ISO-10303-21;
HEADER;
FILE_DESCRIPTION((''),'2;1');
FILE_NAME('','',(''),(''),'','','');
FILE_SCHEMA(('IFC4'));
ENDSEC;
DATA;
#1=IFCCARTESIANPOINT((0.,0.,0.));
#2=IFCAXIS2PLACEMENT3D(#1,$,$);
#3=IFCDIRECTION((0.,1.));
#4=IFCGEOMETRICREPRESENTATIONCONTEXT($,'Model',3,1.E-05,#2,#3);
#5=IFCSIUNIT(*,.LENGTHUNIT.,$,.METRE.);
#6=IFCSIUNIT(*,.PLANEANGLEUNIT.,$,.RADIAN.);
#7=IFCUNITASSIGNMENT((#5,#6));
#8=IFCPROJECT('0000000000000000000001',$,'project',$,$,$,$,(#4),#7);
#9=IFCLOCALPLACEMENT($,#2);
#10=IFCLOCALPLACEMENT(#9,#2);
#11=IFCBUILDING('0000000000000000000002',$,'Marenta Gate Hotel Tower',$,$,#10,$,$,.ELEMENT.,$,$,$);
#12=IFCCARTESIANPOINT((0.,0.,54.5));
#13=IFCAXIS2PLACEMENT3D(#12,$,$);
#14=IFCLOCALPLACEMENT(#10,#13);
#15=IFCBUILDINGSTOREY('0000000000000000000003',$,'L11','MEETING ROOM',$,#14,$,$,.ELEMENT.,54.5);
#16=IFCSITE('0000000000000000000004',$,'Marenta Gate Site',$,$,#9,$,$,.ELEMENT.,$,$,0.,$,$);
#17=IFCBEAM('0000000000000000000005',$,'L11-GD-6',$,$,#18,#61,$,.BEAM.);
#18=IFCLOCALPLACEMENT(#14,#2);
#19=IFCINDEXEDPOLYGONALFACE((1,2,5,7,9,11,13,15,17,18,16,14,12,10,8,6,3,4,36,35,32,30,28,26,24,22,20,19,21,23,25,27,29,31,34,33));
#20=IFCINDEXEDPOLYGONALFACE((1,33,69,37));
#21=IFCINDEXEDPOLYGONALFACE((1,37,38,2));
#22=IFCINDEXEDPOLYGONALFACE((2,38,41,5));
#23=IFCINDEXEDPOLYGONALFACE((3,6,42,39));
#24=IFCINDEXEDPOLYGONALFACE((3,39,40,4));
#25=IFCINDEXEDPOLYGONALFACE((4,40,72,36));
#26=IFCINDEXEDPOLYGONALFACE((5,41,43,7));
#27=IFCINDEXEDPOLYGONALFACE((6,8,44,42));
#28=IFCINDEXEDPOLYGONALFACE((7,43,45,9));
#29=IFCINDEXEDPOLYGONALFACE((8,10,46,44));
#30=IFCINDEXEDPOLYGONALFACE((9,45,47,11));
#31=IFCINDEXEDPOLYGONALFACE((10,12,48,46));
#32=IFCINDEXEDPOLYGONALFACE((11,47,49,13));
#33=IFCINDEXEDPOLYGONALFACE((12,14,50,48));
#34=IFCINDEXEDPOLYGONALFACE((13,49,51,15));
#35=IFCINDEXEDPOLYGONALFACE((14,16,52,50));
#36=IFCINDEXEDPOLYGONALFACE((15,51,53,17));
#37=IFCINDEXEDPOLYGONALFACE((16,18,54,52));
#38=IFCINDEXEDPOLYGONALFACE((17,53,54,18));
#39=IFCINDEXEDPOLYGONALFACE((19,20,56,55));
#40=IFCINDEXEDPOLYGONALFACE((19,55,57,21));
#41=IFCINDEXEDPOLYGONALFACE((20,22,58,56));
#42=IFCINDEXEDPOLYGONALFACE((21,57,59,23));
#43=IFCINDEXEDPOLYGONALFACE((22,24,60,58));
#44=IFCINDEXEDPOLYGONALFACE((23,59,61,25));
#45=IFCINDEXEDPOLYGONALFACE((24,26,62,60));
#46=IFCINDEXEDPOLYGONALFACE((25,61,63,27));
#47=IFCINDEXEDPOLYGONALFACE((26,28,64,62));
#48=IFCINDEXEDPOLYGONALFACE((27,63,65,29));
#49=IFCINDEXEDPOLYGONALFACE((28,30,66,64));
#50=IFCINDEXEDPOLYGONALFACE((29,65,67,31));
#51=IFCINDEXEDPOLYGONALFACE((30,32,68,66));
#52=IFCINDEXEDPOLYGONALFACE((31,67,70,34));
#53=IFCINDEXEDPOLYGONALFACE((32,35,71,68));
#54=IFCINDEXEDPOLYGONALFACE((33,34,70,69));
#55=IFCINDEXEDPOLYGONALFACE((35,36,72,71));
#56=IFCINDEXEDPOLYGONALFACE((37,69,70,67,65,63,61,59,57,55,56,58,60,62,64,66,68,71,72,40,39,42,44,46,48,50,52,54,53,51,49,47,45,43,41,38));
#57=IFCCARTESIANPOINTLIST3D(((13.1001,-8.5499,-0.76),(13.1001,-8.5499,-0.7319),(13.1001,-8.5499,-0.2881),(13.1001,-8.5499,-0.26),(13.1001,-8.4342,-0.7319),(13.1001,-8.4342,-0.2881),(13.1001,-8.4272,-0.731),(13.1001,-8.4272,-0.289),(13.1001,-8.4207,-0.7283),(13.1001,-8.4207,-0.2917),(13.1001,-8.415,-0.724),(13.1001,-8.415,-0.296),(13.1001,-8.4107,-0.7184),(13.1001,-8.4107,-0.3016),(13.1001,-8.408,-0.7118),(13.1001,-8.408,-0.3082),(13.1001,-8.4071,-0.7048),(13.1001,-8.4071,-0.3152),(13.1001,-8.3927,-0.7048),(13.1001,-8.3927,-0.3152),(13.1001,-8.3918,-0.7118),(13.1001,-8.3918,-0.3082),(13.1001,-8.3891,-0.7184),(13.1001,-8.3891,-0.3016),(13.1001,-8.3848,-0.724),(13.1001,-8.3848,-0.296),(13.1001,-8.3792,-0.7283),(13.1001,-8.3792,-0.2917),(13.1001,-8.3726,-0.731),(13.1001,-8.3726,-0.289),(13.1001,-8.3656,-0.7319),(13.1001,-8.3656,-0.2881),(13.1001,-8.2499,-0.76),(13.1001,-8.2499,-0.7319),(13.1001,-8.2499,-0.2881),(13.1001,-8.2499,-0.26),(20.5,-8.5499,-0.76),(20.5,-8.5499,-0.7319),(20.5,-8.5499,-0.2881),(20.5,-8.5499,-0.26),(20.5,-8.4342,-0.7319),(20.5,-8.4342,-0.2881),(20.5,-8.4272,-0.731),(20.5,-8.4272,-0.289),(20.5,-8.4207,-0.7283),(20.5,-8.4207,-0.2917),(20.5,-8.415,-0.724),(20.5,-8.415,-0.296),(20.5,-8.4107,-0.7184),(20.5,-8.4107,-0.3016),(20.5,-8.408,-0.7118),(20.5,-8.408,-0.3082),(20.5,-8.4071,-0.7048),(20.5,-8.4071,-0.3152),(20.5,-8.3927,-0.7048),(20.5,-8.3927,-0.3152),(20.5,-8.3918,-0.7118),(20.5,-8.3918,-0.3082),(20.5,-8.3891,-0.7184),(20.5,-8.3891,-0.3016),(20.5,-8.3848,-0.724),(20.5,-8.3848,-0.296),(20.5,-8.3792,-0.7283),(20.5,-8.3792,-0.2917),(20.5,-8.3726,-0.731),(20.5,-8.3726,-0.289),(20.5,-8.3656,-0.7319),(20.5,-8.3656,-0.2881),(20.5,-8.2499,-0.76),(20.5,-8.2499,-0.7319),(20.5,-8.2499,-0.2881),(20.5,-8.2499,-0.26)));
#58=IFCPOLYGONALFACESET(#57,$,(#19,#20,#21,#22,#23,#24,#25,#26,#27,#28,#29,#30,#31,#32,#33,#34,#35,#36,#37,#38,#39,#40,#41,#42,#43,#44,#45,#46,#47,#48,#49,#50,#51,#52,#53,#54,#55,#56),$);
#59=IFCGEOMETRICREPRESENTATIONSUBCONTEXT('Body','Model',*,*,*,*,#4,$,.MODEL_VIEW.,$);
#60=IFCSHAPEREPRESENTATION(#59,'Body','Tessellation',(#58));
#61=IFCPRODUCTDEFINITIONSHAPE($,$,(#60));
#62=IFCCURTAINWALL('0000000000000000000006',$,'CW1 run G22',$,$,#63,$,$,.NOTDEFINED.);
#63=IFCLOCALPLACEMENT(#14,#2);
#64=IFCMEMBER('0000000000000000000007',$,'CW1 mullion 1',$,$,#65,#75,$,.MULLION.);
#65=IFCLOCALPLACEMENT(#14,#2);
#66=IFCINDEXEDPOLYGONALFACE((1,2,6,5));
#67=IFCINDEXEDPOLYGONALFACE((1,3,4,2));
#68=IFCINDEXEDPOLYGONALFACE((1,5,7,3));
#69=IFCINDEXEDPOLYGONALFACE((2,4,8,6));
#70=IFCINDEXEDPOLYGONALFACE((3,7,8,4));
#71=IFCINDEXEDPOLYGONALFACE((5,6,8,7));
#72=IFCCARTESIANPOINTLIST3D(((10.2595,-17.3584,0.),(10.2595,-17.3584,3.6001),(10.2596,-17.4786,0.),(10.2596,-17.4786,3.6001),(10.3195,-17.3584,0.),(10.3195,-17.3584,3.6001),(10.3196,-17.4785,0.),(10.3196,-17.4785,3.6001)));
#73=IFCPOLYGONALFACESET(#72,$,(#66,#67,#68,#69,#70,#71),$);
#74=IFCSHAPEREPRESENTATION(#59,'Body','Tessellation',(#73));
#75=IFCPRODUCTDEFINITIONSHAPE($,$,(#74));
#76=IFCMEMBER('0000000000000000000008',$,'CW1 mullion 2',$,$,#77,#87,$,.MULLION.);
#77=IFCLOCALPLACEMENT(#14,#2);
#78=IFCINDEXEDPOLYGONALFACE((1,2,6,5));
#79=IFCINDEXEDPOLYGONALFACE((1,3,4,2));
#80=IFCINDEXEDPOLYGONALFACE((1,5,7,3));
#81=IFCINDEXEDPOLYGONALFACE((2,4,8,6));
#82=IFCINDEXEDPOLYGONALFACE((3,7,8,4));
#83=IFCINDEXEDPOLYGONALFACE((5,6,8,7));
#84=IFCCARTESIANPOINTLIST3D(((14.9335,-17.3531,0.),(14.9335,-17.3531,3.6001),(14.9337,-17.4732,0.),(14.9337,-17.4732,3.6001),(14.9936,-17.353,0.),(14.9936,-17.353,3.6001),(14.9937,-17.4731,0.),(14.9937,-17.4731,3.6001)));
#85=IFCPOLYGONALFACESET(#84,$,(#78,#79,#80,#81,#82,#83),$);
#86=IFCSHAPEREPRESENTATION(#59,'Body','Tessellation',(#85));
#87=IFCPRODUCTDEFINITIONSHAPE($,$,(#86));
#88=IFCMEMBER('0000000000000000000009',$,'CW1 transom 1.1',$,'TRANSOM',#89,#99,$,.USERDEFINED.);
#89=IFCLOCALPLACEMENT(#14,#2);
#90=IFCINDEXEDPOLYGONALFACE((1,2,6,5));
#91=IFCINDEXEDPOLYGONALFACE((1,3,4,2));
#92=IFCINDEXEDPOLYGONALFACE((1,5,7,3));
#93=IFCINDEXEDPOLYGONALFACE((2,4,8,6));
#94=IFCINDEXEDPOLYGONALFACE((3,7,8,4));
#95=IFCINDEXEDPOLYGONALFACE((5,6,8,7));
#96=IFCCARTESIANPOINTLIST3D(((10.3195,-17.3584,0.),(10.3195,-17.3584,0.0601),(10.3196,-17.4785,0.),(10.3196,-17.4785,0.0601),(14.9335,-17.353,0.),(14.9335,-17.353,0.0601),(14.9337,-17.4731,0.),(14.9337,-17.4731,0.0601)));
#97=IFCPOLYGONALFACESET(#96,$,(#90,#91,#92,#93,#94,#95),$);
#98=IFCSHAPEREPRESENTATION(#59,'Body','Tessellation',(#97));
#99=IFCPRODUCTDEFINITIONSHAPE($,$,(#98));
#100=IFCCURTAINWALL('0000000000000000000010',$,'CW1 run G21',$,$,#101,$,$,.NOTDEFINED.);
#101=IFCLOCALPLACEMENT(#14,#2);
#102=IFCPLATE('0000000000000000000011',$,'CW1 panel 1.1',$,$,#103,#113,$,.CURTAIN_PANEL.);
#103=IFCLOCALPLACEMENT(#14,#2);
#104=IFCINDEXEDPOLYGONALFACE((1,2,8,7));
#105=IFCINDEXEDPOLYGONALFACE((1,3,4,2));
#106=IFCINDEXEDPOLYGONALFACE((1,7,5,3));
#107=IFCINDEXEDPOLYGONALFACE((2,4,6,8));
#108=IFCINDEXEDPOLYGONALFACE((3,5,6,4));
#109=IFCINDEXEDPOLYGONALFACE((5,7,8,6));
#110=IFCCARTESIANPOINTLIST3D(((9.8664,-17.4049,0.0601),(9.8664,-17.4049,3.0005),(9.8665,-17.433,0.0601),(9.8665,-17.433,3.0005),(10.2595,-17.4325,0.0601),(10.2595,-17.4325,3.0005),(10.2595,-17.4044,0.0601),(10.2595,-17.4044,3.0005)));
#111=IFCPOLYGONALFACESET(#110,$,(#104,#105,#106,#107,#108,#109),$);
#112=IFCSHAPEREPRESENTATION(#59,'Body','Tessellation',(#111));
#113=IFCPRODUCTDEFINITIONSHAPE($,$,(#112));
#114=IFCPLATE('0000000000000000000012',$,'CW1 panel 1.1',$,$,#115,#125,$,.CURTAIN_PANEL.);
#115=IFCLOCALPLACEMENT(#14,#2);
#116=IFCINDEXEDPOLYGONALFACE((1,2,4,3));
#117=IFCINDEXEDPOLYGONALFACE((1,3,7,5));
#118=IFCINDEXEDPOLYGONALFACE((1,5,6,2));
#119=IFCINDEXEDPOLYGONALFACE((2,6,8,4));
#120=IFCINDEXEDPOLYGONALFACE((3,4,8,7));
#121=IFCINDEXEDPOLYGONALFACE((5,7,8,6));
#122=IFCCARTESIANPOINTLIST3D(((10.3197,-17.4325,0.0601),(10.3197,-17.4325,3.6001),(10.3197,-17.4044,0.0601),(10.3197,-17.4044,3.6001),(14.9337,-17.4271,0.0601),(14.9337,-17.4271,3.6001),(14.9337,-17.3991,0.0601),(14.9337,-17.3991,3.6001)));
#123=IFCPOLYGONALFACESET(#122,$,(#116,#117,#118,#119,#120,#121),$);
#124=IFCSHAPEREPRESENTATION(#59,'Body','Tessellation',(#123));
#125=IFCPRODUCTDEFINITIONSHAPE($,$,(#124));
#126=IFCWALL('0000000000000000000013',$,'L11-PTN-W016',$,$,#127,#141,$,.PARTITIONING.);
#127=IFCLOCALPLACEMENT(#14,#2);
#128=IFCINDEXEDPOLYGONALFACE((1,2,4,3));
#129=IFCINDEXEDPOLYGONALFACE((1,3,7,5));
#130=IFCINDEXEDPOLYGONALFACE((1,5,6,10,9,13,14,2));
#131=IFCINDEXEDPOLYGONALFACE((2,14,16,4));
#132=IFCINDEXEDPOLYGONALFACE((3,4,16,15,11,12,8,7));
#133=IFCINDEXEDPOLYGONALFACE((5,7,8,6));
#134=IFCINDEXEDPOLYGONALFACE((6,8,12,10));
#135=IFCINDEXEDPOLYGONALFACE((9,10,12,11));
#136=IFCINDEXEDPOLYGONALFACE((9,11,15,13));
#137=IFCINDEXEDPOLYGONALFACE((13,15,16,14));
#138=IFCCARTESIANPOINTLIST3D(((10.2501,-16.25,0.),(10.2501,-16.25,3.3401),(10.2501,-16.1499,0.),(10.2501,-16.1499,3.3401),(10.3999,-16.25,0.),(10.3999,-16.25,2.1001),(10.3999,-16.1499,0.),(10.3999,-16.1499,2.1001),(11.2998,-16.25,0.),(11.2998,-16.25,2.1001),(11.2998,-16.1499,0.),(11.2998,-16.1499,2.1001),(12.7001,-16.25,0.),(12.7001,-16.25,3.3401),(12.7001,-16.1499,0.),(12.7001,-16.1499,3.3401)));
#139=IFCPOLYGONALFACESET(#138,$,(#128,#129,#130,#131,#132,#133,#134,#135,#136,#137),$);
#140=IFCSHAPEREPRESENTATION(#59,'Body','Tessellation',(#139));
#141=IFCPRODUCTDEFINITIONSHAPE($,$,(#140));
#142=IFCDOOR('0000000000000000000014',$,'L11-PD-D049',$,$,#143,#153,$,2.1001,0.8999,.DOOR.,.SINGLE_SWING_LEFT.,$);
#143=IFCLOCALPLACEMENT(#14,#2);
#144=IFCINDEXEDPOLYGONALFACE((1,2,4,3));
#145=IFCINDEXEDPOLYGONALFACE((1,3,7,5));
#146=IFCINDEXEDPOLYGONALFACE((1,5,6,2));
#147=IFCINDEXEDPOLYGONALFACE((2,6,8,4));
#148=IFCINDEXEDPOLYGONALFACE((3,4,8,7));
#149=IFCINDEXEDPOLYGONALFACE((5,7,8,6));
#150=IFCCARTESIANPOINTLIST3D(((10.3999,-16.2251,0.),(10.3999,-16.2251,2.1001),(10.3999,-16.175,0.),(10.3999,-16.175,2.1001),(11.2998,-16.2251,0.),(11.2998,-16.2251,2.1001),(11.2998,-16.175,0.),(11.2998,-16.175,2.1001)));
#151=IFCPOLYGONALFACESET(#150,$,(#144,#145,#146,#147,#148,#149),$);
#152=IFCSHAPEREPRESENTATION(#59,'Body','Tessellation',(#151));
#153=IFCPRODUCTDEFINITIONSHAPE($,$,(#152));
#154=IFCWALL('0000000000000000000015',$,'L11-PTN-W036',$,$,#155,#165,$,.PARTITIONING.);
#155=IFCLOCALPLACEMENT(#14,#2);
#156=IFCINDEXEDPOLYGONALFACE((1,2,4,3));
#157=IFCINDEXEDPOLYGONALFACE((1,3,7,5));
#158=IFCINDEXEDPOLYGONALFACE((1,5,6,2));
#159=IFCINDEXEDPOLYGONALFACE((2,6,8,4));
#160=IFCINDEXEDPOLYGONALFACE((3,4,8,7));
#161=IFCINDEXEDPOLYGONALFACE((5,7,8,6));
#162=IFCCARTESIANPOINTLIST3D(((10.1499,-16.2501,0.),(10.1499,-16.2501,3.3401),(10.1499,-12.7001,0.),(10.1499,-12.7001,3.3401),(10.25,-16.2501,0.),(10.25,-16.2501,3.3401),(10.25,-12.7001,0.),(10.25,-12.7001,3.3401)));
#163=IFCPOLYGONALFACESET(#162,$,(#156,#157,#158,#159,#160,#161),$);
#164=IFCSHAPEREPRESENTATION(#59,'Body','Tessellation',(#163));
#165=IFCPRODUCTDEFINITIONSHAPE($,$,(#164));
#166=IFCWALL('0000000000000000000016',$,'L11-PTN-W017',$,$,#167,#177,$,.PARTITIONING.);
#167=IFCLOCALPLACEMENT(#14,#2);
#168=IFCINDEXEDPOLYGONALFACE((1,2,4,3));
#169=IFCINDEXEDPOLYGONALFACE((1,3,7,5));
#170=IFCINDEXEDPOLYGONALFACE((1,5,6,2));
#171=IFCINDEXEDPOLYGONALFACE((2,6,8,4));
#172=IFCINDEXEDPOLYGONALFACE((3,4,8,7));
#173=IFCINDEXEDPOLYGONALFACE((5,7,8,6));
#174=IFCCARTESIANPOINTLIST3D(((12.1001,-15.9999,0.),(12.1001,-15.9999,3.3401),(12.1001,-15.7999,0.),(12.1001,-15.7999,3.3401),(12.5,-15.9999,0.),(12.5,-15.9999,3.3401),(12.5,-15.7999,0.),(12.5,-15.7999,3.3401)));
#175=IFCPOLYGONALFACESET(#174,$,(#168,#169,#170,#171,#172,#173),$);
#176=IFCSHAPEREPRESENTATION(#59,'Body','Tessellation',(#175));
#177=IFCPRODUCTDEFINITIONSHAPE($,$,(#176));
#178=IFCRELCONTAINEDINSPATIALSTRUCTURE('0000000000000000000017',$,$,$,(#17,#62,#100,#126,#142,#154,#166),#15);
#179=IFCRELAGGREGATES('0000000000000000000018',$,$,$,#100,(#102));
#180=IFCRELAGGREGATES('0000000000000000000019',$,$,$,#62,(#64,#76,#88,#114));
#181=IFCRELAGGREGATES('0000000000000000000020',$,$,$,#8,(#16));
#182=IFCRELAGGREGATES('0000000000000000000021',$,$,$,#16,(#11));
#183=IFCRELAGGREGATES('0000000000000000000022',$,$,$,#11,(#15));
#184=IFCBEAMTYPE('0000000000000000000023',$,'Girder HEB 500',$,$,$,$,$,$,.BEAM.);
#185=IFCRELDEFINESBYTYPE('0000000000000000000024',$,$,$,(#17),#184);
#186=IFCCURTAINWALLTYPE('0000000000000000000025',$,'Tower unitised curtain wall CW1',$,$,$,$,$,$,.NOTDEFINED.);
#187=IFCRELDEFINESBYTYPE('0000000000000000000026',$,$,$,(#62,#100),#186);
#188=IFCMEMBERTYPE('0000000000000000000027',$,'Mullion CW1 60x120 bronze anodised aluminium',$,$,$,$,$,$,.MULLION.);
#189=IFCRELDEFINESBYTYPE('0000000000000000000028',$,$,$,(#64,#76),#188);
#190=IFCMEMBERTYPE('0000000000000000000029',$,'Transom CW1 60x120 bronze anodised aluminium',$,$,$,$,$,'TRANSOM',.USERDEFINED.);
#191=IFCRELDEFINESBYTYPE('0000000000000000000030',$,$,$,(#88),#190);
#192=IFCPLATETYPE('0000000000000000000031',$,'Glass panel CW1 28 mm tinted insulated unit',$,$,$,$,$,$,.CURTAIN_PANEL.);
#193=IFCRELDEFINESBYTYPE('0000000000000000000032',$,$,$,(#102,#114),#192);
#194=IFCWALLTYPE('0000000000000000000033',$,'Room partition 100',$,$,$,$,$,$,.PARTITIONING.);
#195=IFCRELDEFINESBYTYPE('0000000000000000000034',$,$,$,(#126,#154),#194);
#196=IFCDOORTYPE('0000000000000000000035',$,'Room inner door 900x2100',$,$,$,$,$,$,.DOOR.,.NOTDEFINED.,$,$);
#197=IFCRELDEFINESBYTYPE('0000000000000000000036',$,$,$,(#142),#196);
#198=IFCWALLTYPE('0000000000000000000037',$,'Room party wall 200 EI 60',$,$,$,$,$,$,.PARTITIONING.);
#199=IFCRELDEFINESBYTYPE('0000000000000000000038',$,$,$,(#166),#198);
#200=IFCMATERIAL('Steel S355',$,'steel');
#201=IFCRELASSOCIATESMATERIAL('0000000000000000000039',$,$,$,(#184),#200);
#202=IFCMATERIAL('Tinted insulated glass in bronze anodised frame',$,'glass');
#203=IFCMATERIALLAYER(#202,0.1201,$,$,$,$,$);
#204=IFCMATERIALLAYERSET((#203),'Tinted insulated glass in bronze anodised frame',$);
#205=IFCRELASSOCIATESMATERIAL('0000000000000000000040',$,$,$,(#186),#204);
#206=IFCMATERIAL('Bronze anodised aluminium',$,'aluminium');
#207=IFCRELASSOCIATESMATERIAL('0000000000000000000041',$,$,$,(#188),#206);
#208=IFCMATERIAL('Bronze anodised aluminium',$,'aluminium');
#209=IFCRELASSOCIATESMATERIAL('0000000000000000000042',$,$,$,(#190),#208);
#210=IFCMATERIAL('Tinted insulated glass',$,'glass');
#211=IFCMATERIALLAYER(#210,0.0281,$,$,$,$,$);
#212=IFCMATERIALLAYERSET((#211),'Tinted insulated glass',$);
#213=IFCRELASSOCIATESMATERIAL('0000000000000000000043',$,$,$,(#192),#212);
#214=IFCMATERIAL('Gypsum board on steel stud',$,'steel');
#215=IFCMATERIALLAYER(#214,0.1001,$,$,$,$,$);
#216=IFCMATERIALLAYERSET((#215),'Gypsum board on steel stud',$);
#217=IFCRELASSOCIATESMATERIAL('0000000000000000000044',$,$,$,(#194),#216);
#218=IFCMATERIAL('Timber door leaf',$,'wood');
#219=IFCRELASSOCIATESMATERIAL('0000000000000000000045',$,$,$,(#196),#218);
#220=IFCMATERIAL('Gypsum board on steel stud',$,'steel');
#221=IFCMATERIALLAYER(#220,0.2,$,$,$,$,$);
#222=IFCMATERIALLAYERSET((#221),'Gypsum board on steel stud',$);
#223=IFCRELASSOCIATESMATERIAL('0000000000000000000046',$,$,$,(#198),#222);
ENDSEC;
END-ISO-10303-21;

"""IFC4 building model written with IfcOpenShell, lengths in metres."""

from ifc_helpers import new_model, si_unit, direction, frame, frame_2d, origin, origin_2d, place, context, subcontext, project, spatial, rectangle, i_section, extrude, material, layer, layer_set, material_profile, profile_set, type_object, element, fill, aggregate, save


model = new_model("IFC4")

# Units and contexts
model_context = context("Model", 3, precision=1e-05, world=origin(), true_north=direction((0.0, 1.0)))
body_context = subcontext(model_context, "Body", "Model", "MODEL_VIEW")
ifc_project = project(units=[si_unit("LENGTHUNIT", "METRE"), si_unit("PLANEANGLEUNIT", "RADIAN")], contexts=[model_context])

# Site, building, storey
site_placement = place(None, origin())
site = spatial("IfcSite", under=ifc_project, at=site_placement, Name="Marenta Gate Site", CompositionType="ELEMENT", RefElevation=0.0)
building_placement = place(site_placement, origin())
building = spatial("IfcBuilding", under=site, at=building_placement, Name="Marenta Gate Hotel Tower", CompositionType="ELEMENT")
storey_placement = place(building_placement, frame((0.0, 0.0, 54.5)))
storey = spatial("IfcBuildingStorey", under=building, at=storey_placement, Name="L11", Description="MEETING ROOM", CompositionType="ELEMENT", Elevation=54.5)

# Beam
ifc_material_1 = material(Name="Steel S355", Category="steel")
ifc_material_profile_1 = material_profile(ifc_material_1, i_section(OverallWidth=0.3, OverallDepth=0.5, WebThickness=0.0144, FlangeThickness=0.0281, FilletRadius=0.0271, at=origin_2d()), Name="HEB 500")
ifc_profile_set_1 = profile_set([ifc_material_profile_1], Name="Steel S355")
beam_type_1 = type_object("IfcBeamType", Name="Girder HEB 500", PredefinedType="BEAM", material=ifc_profile_set_1)
beam_1_placement = place(storey_placement, frame((13.1001, -8.3999, -0.51), z_axis=(1.0, 0.0, 0.0), x_axis=(0.0, 1.0, 0.0)))
element("IfcBeam", 1, at=beam_1_placement, inside=storey, type_object=beam_type_1, Name="L11-GD-6", PredefinedType="BEAM", context=body_context, shape_type="SweptSolid", body=[
    extrude(i_section(OverallWidth=0.3, OverallDepth=0.5, WebThickness=0.0144, FlangeThickness=0.0281, FilletRadius=0.0271, at=origin_2d()), origin(), (0.0, 0.0, 1.0), 7.3999),
])

# Curtain wall, members
ifc_material_2 = material(Name="Tinted insulated glass in bronze anodised frame", Category="glass")
ifc_layer_1 = layer(ifc_material_2, 0.1201)
ifc_layer_set_1 = layer_set([ifc_layer_1], Name="Tinted insulated glass in bronze anodised frame")
curtain_wall_type = type_object("IfcCurtainWallType", Name="Tower unitised curtain wall CW1", PredefinedType="NOTDEFINED", material=ifc_layer_set_1)
curtain_wall_1_placement = place(storey_placement, origin())
curtain_wall_1 = element("IfcCurtainWall", 2, at=curtain_wall_1_placement, inside=storey, type_object=curtain_wall_type, Name="CW1 run G22", PredefinedType="NOTDEFINED")
ifc_material_3 = material(Name="Bronze anodised aluminium", Category="aluminium")
ifc_material_profile_2 = material_profile(ifc_material_3, rectangle(XDim=0.1201, YDim=0.0601, at=origin_2d()), Name="Mullion CW1 60x120 bronze anodised aluminium")
ifc_profile_set_2 = profile_set([ifc_material_profile_2], Name="Bronze anodised aluminium")
member_type_1 = type_object("IfcMemberType", Name="Mullion CW1 60x120 bronze anodised aluminium", PredefinedType="MULLION", material=ifc_profile_set_2)
member_1_placement = place(storey_placement, frame((10.2896, -17.4185, 0.0), z_axis=(0.0, 0.0, 1.0), x_axis=(-0.001162, 0.999999, 0.0)))
member_1 = element("IfcMember", 3, at=member_1_placement, type_object=member_type_1, Name="CW1 mullion 1", PredefinedType="MULLION", context=body_context, shape_type="SweptSolid", body=[
    extrude(rectangle(XDim=0.1201, YDim=0.0601, at=origin_2d()), origin(), (0.0, 0.0, 1.0), 3.6001),
])
member_2_placement = place(storey_placement, frame((14.9636, -17.4131, 0.0), z_axis=(0.0, 0.0, 1.0), x_axis=(-0.001162, 0.999999, 0.0)))
member_2 = element("IfcMember", 4, at=member_2_placement, type_object=member_type_1, Name="CW1 mullion 2", PredefinedType="MULLION", context=body_context, shape_type="SweptSolid", body=[
    extrude(rectangle(XDim=0.1201, YDim=0.0601, at=origin_2d()), origin(), (0.0, 0.0, 1.0), 3.6001),
])
ifc_material_4 = material(Name="Bronze anodised aluminium", Category="aluminium")
ifc_material_profile_3 = material_profile(ifc_material_4, rectangle(XDim=0.1201, YDim=0.0601, at=origin_2d()), Name="Transom CW1 60x120 bronze anodised aluminium")
ifc_profile_set_3 = profile_set([ifc_material_profile_3], Name="Bronze anodised aluminium")
member_type_2 = type_object("IfcMemberType", Name="Transom CW1 60x120 bronze anodised aluminium", ElementType="TRANSOM", PredefinedType="USERDEFINED", material=ifc_profile_set_3)
member_3_placement = place(storey_placement, frame((10.3196, -17.4185, 0.03), z_axis=(0.999999, 0.001164, 0.0), x_axis=(-0.001164, 0.999999, 0.0)))
member_3 = element("IfcMember", 5, at=member_3_placement, type_object=member_type_2, Name="CW1 transom 1.1", ObjectType="TRANSOM", PredefinedType="USERDEFINED", context=body_context, shape_type="SweptSolid", body=[
    extrude(rectangle(XDim=0.1201, YDim=0.0601, at=origin_2d()), origin(), (0.0, 0.0, 1.0), 4.614),
])

# Curtain wall, plate
curtain_wall_2_placement = place(storey_placement, origin())
curtain_wall_2 = element("IfcCurtainWall", 6, at=curtain_wall_2_placement, inside=storey, type_object=curtain_wall_type, Name="CW1 run G21", PredefinedType="NOTDEFINED")
ifc_material_5 = material(Name="Tinted insulated glass", Category="glass")
ifc_layer_2 = layer(ifc_material_5, 0.0281)
ifc_layer_set_2 = layer_set([ifc_layer_2], Name="Tinted insulated glass")
plate_type = type_object("IfcPlateType", Name="Glass panel CW1 28 mm tinted insulated unit", PredefinedType="CURTAIN_PANEL", material=ifc_layer_set_2)
plate_1_placement = place(storey_placement, frame((10.063, -17.4187, 0.0601), z_axis=(0.0, 0.0, 1.0), x_axis=(0.999999, 0.001104, 0.0)))
plate_1 = element("IfcPlate", 7, at=plate_1_placement, type_object=plate_type, Name="CW1 panel 1.1", PredefinedType="CURTAIN_PANEL", context=body_context, shape_type="SweptSolid", body=[
    extrude(rectangle(XDim=0.3931, YDim=0.0281, at=origin_2d()), origin(), (0.0, 0.0, 1.0), 2.9404),
])
aggregate(curtain_wall_2, [plate_1])

# Plate
plate_2_placement = place(storey_placement, frame((12.6267, -17.4158, 0.0601), z_axis=(0.0, 0.0, 1.0), x_axis=(0.999999, 0.001162, 0.0)))
plate_2 = element("IfcPlate", 8, at=plate_2_placement, type_object=plate_type, Name="CW1 panel 1.1", PredefinedType="CURTAIN_PANEL", context=body_context, shape_type="SweptSolid", body=[
    extrude(rectangle(XDim=4.614, YDim=0.0281, at=origin_2d()), origin(), (0.0, 0.0, 1.0), 3.54),
])
aggregate(curtain_wall_1, [member_1, member_2, member_3, plate_2])

# Wall, opening, door
ifc_material_6 = material(Name="Gypsum board on steel stud", Category="steel")
ifc_layer_3 = layer(ifc_material_6, 0.1001)
ifc_layer_set_3 = layer_set([ifc_layer_3], Name="Gypsum board on steel stud")
wall_type_1 = type_object("IfcWallType", Name="Room partition 100", PredefinedType="PARTITIONING", material=ifc_layer_set_3)
wall_1_placement = place(storey_placement, frame((10.25, -16.2, 0.0), z_axis=(0.0, 0.0, 1.0), x_axis=(1.0, 0.0, 0.0)))
wall_1 = element("IfcWall", 9, at=wall_1_placement, inside=storey, type_object=wall_type_1, Name="L11-PTN-W016", PredefinedType="PARTITIONING", context=body_context, shape_type="SweptSolid", body=[
    extrude(rectangle(XDim=2.45, YDim=0.1001, at=frame_2d((1.2251, 0.0))), origin(), (0.0, 0.0, 1.0), 3.3401),
])
opening_placement = place(wall_1_placement, frame((0.1499, 0.0, 0.0)))
opening = element("IfcOpeningElement", 10, at=opening_placement, cuts=wall_1, PredefinedType="OPENING", context=body_context, shape_type="SweptSolid", body=[
    extrude(rectangle(XDim=0.8999, YDim=2.1001, at=frame_2d((0.45, 1.05))), frame((0.0, 0.05, 0.0), z_axis=(0.0, -1.0, 0.0), x_axis=(1.0, 0.0, 0.0)), (0.0, 0.0, 1.0), 0.1001),
])
ifc_material_7 = material(Name="Timber door leaf", Category="wood")
door_type = type_object("IfcDoorType", Name="Room inner door 900x2100", OperationType="NOTDEFINED", PredefinedType="DOOR", material=ifc_material_7)
door_placement = place(opening_placement, origin())
door = element("IfcDoor", 11, at=door_placement, inside=storey, type_object=door_type, Name="L11-PD-D049", OperationType="SINGLE_SWING_LEFT", OverallHeight=2.1001, OverallWidth=0.8999, PredefinedType="DOOR", context=body_context, shape_type="SweptSolid", body=[
    extrude(rectangle(XDim=0.8999, YDim=2.1001, at=frame_2d((0.45, 1.05))), frame((0.0, 0.0249, 0.0), z_axis=(0.0, -1.0, 0.0), x_axis=(1.0, 0.0, 0.0)), (0.0, 0.0, 1.0), 0.05),
])
fill(opening, door)

# Walls
wall_2_placement = place(storey_placement, frame((10.2, -16.25, 0.0), z_axis=(0.0, 0.0, 1.0), x_axis=(0.0, 1.0, 0.0)))
element("IfcWall", 12, at=wall_2_placement, inside=storey, type_object=wall_type_1, Name="L11-PTN-W036", PredefinedType="PARTITIONING", context=body_context, shape_type="SweptSolid", body=[
    extrude(rectangle(XDim=3.55, YDim=0.1001, at=frame_2d((1.7749, 0.0))), origin(), (0.0, 0.0, 1.0), 3.3401),
])
ifc_material_8 = material(Name="Gypsum board on steel stud", Category="steel")
ifc_layer_4 = layer(ifc_material_8, 0.2)
ifc_layer_set_4 = layer_set([ifc_layer_4], Name="Gypsum board on steel stud")
wall_type_2 = type_object("IfcWallType", Name="Room party wall 200 EI 60", PredefinedType="PARTITIONING", material=ifc_layer_set_4)
wall_3_placement = place(storey_placement, frame((12.1001, -15.8999, 0.0), z_axis=(0.0, 0.0, 1.0), x_axis=(1.0, 0.0, 0.0)))
element("IfcWall", 13, at=wall_3_placement, inside=storey, type_object=wall_type_2, Name="L11-PTN-W017", PredefinedType="PARTITIONING", context=body_context, shape_type="SweptSolid", body=[
    extrude(rectangle(XDim=0.3999, YDim=0.2, at=frame_2d((0.2, 0.0))), origin(), (0.0, 0.0, 1.0), 3.3401),
])

save(model, "model.ifc")
